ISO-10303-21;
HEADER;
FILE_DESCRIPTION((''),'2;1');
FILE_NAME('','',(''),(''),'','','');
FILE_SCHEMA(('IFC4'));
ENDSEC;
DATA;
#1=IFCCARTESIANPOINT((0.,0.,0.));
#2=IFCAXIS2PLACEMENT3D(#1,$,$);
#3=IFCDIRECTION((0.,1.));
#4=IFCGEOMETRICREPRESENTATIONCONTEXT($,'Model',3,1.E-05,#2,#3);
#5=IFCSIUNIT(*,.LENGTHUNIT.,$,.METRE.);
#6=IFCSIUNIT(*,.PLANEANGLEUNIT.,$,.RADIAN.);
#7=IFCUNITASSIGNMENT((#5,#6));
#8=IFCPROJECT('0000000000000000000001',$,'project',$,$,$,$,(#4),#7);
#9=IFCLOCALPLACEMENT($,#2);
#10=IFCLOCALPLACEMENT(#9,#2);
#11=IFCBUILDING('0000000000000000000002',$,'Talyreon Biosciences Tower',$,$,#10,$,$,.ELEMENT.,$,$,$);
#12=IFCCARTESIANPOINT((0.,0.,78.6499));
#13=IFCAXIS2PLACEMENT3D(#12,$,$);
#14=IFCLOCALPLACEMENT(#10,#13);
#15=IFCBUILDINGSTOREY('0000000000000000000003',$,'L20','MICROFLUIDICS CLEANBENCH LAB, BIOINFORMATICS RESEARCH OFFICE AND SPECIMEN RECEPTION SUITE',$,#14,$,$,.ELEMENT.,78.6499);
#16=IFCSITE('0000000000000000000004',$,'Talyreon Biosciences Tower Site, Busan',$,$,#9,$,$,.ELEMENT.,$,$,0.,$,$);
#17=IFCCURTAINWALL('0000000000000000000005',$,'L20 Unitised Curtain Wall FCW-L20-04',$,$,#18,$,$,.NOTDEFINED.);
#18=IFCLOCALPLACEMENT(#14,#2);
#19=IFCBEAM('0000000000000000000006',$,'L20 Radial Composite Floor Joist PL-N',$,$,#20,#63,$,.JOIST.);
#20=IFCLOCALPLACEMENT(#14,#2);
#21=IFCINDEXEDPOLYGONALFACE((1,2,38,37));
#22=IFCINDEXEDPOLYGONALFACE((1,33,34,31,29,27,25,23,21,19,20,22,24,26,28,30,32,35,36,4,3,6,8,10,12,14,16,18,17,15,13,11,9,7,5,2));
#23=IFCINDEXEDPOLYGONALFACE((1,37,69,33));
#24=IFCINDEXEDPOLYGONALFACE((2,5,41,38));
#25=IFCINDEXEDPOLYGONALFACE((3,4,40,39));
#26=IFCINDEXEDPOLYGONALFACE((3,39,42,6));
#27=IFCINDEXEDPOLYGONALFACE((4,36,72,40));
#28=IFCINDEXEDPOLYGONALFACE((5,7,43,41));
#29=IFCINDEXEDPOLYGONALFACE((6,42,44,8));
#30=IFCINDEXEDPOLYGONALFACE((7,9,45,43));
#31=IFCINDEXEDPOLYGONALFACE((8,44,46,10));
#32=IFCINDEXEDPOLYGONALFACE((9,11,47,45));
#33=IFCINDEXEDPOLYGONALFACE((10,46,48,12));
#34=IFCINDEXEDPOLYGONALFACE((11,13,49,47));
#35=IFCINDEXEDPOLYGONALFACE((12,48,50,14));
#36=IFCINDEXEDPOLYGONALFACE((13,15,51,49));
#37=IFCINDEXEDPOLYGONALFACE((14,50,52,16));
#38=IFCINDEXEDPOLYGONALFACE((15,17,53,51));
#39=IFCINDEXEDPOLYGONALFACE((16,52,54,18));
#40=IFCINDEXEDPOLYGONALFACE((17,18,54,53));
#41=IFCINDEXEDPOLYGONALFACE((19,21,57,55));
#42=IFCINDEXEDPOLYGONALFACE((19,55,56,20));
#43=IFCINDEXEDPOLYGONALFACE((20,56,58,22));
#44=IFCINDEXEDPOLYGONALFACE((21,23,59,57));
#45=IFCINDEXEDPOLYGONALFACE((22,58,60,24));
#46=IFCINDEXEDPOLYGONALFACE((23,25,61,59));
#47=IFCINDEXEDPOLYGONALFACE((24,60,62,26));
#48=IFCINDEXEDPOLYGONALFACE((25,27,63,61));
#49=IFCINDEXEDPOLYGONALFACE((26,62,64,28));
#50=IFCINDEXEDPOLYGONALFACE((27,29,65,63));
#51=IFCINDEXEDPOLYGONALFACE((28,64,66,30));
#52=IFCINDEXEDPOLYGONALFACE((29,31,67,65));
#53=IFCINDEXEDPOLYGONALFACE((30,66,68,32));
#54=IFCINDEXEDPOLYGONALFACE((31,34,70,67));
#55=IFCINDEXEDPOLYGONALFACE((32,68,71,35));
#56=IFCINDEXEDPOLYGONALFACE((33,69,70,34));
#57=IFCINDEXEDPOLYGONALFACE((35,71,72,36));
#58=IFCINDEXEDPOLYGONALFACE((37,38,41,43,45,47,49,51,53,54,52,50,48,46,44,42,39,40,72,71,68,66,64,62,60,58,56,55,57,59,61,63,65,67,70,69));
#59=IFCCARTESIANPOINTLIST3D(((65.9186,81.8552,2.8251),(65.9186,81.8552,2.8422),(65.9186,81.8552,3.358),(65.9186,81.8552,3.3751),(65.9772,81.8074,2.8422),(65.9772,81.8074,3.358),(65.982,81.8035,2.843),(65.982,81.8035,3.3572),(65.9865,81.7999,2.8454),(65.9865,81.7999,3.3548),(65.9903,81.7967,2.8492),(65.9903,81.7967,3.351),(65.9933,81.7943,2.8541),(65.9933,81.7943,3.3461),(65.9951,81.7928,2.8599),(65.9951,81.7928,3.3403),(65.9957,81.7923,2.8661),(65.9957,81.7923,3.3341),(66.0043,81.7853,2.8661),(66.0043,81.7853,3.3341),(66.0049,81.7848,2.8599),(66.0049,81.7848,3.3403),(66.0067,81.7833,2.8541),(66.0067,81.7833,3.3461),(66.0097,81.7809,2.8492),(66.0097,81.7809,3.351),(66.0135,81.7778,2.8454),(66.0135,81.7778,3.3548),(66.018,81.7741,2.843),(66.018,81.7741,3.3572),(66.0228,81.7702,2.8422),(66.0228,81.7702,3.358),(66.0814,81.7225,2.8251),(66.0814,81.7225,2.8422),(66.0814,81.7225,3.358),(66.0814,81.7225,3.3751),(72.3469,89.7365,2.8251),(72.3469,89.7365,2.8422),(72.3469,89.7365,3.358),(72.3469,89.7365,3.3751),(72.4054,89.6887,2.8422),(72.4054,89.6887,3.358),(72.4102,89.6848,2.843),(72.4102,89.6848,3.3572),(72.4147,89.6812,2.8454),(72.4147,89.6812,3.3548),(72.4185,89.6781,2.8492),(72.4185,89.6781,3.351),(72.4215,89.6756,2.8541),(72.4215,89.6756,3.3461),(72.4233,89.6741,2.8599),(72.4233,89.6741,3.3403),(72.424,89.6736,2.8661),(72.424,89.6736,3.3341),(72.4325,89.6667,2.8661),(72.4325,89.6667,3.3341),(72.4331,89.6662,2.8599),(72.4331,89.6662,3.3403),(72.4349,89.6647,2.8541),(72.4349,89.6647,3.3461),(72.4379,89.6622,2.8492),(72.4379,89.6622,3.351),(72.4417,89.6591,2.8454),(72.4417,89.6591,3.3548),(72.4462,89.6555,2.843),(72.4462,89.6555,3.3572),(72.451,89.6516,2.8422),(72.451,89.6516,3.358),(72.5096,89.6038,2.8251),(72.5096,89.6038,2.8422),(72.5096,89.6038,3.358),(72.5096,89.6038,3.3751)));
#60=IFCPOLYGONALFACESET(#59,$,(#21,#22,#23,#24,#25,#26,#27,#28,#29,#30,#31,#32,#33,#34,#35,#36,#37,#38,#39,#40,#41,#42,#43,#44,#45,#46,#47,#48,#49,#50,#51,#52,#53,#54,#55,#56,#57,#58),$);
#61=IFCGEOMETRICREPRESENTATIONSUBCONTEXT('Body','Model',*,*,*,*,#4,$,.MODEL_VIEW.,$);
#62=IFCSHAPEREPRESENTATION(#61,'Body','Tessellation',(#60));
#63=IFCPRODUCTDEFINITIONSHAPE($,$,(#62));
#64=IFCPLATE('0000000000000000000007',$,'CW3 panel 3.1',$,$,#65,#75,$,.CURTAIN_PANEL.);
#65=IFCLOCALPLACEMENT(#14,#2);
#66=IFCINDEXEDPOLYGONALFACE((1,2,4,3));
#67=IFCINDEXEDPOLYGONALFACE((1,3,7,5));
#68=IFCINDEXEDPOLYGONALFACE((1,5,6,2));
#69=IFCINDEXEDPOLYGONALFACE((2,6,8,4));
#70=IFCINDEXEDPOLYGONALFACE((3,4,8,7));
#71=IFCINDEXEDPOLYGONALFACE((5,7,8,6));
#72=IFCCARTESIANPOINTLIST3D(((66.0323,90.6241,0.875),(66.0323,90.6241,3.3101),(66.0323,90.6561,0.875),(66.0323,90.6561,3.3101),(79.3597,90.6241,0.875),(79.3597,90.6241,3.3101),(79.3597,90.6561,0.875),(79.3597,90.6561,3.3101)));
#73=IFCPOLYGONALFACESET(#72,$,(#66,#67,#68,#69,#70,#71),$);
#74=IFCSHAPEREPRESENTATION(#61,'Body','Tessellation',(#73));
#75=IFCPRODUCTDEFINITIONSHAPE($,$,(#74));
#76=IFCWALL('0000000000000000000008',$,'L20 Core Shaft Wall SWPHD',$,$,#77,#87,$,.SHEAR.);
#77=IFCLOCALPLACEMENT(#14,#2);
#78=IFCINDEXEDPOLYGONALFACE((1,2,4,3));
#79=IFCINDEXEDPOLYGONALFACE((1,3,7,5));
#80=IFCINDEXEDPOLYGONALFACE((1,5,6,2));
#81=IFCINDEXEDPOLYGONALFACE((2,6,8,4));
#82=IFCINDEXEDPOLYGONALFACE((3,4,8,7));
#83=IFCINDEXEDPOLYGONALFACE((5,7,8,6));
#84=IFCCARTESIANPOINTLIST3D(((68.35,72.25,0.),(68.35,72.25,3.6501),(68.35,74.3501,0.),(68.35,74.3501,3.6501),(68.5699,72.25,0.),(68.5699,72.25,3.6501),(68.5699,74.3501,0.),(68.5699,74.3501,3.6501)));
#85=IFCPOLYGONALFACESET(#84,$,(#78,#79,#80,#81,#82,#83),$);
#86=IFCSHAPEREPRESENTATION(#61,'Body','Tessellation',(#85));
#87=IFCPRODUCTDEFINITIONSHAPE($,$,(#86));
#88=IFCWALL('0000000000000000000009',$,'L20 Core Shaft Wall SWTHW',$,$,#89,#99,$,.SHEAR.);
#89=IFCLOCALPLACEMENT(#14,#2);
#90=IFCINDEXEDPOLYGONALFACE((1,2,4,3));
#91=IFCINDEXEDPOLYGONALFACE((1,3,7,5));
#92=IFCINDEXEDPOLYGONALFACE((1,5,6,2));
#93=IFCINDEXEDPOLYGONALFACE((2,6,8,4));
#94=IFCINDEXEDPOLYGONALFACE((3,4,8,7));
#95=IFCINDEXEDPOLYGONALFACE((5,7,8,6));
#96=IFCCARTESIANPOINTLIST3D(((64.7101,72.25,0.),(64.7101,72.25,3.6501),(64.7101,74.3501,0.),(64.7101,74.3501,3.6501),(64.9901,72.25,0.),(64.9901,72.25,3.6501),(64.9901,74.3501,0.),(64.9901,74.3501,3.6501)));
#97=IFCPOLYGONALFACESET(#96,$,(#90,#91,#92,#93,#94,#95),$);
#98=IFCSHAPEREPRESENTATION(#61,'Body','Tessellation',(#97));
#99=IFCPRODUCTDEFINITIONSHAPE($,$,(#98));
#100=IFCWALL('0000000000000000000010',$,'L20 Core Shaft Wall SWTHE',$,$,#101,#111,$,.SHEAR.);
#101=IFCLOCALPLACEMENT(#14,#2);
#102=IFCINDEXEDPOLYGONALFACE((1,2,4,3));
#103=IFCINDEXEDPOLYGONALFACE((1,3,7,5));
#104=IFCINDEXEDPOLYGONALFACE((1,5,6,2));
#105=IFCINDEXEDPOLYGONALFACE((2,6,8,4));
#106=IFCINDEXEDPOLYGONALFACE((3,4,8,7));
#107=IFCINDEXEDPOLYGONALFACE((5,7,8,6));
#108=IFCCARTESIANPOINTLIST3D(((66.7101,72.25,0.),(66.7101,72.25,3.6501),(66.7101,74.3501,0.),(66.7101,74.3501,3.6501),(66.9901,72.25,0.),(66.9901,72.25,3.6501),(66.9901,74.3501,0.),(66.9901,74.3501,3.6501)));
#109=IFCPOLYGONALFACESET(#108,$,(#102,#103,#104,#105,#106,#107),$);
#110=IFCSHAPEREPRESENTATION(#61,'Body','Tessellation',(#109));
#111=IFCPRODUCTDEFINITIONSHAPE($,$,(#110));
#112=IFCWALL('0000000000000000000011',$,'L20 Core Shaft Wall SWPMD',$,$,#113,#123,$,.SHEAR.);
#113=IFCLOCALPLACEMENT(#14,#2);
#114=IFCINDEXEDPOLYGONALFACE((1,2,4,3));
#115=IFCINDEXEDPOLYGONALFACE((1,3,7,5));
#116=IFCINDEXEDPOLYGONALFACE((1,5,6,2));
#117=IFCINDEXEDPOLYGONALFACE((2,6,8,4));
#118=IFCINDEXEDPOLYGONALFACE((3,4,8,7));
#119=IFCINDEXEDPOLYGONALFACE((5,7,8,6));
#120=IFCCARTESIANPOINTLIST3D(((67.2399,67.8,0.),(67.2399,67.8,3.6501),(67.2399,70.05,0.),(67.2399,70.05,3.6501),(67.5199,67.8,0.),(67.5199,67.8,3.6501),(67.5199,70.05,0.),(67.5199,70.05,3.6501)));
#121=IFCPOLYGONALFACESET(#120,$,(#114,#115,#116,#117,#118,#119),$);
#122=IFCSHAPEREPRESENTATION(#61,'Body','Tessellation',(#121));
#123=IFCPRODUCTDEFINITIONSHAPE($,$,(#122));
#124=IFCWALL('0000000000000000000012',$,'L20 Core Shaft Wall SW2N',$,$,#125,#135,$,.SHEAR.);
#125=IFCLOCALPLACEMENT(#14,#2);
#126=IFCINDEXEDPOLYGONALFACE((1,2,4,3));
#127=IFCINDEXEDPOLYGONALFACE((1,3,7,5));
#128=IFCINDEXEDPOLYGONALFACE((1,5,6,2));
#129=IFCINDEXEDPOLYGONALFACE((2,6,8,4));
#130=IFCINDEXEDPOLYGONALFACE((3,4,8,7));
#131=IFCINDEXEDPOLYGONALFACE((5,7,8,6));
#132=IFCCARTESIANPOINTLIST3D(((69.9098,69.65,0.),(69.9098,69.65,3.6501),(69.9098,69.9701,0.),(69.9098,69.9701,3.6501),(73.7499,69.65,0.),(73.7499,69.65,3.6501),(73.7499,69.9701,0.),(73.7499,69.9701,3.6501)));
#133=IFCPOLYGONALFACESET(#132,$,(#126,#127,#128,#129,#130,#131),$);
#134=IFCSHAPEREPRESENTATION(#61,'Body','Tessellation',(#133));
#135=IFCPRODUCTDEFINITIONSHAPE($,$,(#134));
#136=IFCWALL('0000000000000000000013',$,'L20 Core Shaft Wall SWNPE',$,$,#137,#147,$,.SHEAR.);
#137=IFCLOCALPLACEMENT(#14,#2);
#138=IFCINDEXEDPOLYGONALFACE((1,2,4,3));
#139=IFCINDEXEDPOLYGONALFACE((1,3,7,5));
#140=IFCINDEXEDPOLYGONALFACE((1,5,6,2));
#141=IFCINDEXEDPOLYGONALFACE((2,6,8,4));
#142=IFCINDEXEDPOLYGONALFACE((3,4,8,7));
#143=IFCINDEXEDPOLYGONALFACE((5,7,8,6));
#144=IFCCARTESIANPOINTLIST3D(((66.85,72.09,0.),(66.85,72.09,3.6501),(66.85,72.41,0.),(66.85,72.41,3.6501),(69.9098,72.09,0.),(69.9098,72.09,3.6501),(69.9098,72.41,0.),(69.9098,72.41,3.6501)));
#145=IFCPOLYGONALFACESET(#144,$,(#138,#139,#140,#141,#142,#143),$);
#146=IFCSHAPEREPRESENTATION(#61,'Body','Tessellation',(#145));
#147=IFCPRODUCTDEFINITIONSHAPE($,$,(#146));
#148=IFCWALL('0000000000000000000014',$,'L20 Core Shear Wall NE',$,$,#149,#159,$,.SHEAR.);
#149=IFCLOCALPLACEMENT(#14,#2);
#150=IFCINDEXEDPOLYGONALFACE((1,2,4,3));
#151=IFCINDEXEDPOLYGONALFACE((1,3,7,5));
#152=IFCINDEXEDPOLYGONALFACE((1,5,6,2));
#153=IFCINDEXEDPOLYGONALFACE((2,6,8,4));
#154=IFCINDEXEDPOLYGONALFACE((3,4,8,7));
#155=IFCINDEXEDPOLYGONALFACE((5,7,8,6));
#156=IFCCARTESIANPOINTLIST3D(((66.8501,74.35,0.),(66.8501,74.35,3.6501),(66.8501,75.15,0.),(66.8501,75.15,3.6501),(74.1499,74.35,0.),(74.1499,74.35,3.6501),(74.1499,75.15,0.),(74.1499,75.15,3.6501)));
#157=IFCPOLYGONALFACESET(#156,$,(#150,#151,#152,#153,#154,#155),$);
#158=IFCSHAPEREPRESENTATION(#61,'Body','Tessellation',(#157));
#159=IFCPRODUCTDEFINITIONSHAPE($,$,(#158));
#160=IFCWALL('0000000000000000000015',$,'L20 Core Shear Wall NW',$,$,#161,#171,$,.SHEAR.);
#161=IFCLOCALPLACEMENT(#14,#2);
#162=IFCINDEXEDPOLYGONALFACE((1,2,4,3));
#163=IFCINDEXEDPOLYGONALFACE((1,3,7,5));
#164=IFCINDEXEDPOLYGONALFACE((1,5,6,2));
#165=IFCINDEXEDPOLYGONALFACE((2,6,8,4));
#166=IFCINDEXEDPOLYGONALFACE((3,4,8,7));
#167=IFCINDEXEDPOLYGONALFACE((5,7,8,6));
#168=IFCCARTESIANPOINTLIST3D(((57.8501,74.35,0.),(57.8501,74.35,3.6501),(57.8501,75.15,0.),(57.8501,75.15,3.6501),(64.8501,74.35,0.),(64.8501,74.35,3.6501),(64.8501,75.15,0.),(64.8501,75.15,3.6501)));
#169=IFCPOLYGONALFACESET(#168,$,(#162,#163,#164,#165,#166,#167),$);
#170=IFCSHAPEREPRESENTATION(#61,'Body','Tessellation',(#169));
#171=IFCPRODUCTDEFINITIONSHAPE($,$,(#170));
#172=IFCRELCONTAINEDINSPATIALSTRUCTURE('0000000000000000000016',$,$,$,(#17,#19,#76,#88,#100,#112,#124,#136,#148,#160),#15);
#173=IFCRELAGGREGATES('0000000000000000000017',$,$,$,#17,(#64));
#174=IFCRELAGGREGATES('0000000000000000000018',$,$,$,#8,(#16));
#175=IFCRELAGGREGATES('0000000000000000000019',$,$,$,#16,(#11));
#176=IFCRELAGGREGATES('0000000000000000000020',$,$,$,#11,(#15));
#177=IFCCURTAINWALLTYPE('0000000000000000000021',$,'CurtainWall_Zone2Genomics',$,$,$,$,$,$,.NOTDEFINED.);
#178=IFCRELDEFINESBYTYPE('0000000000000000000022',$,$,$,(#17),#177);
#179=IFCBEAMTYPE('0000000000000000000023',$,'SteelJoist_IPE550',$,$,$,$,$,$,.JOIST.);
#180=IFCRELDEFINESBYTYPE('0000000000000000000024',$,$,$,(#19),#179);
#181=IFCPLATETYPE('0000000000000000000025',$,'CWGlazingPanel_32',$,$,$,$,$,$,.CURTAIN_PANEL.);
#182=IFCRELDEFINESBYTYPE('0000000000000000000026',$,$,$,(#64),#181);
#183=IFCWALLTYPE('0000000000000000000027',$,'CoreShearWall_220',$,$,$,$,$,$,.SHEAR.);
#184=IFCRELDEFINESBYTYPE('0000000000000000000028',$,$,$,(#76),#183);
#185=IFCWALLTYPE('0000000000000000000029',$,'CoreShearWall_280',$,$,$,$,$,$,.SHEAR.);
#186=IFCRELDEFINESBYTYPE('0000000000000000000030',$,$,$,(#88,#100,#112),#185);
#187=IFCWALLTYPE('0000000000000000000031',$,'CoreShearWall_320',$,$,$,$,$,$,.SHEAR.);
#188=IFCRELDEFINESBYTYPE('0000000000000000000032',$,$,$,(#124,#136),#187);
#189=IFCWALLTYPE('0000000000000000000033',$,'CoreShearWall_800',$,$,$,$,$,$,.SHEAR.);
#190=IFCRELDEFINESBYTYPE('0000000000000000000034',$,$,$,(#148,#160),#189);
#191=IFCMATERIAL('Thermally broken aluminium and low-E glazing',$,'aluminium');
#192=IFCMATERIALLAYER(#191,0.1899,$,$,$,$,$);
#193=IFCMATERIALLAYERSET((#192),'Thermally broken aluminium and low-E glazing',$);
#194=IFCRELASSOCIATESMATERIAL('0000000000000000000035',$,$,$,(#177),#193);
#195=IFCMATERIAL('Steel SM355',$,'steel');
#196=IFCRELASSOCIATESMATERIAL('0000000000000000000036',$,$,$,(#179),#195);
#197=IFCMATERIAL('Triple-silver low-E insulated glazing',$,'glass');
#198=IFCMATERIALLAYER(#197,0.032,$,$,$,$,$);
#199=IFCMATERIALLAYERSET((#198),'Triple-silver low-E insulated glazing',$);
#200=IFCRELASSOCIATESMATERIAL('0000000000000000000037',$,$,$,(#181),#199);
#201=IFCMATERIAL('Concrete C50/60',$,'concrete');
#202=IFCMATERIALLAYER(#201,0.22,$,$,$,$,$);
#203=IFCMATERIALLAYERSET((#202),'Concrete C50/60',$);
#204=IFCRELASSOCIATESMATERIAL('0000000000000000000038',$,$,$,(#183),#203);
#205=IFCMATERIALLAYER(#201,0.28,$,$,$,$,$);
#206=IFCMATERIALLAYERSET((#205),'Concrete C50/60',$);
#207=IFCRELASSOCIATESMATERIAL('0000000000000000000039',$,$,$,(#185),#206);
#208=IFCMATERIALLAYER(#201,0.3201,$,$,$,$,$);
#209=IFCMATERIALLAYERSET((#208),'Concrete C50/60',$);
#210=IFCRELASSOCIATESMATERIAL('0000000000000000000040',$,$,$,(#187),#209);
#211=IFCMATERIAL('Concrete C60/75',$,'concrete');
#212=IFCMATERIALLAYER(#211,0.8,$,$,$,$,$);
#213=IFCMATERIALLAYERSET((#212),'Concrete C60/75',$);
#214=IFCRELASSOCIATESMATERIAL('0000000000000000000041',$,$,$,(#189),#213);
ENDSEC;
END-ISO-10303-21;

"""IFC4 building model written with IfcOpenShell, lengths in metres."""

from ifc_helpers import new_model, si_unit, direction, frame, frame_2d, origin, origin_2d, place, context, subcontext, project, spatial, rectangle, i_section, extrude, material, layer, layer_set, material_profile, profile_set, type_object, element, aggregate, save


model = new_model("IFC4")

# Units and contexts
model_context = context("Model", 3, precision=1e-05, world=origin(), true_north=direction((0.0, 1.0)))
body_context = subcontext(model_context, "Body", "Model", "MODEL_VIEW")
ifc_project = project(units=[si_unit("LENGTHUNIT", "METRE"), si_unit("PLANEANGLEUNIT", "RADIAN")], contexts=[model_context])

# Site, building, storey
site_placement = place(None, origin())
site = spatial("IfcSite", under=ifc_project, at=site_placement, Name="Talyreon Biosciences Tower Site, Busan", CompositionType="ELEMENT", RefElevation=0.0)
building_placement = place(site_placement, origin())
building = spatial("IfcBuilding", under=site, at=building_placement, Name="Talyreon Biosciences Tower", CompositionType="ELEMENT")
storey_placement = place(building_placement, frame((0.0, 0.0, 78.6499)))
storey = spatial("IfcBuildingStorey", under=building, at=storey_placement, Name="L20", Description="MICROFLUIDICS CLEANBENCH LAB, BIOINFORMATICS RESEARCH OFFICE AND SPECIMEN RECEPTION SUITE", CompositionType="ELEMENT", Elevation=78.6499)

# Shared definitions
ifc_material_1 = material(Name="Concrete C60/75", Category="concrete")
ifc_material_2 = material(Name="Concrete C50/60", Category="concrete")

# Curtain wall
ifc_material_3 = material(Name="Thermally broken aluminium and low-E glazing", Category="aluminium")
ifc_layer_1 = layer(ifc_material_3, 0.1899)
ifc_layer_set_1 = layer_set([ifc_layer_1], Name="Thermally broken aluminium and low-E glazing")
curtain_wall_type = type_object("IfcCurtainWallType", Name="CurtainWall_Zone2Genomics", PredefinedType="NOTDEFINED", material=ifc_layer_set_1)
curtain_wall_placement = place(storey_placement, origin())
curtain_wall = element("IfcCurtainWall", 1, at=curtain_wall_placement, inside=storey, type_object=curtain_wall_type, Name="L20 Unitised Curtain Wall FCW-L20-04", PredefinedType="NOTDEFINED")

# Beam
ifc_material_4 = material(Name="Steel SM355", Category="steel")
ifc_material_profile_1 = material_profile(ifc_material_4, i_section(OverallWidth=0.21, OverallDepth=0.55, WebThickness=0.011, FlangeThickness=0.0171, FilletRadius=0.0239, at=origin_2d()), Name="IPE550")
ifc_profile_set_1 = profile_set([ifc_material_profile_1], Name="Steel SM355")
beam_type_1 = type_object("IfcBeamType", Name="SteelJoist_IPE550", PredefinedType="JOIST", material=ifc_profile_set_1)
beam_1_placement = place(storey_placement, frame((66.0, 81.7888, 3.1001), z_axis=(0.63205, 0.774928, 0.0), x_axis=(-0.774928, 0.63205, 0.0)))
element("IfcBeam", 2, at=beam_1_placement, inside=storey, type_object=beam_type_1, Name="L20 Radial Composite Floor Joist PL-N", PredefinedType="JOIST", context=body_context, shape_type="SweptSolid", body=[
    extrude(i_section(OverallWidth=0.21, OverallDepth=0.55, WebThickness=0.011, FlangeThickness=0.0171, FilletRadius=0.0239, at=origin_2d()), origin(), (0.0, 0.0, 1.0), 10.1704),
])

# Plate
ifc_material_5 = material(Name="Triple-silver low-E insulated glazing", Category="glass")
ifc_layer_2 = layer(ifc_material_5, 0.032)
ifc_layer_set_2 = layer_set([ifc_layer_2], Name="Triple-silver low-E insulated glazing")
plate_type = type_object("IfcPlateType", Name="CWGlazingPanel_32", PredefinedType="CURTAIN_PANEL", material=ifc_layer_set_2)
plate_placement = place(storey_placement, frame((72.696, 90.6401, 0.875), z_axis=(0.0, 0.0, 1.0), x_axis=(1.0, 0.0, 0.0)))
plate = element("IfcPlate", 3, at=plate_placement, type_object=plate_type, Name="CW3 panel 3.1", PredefinedType="CURTAIN_PANEL", context=body_context, shape_type="SweptSolid", body=[
    extrude(rectangle(XDim=13.3274, YDim=0.032, at=origin_2d()), origin(), (0.0, 0.0, 1.0), 2.4351),
])
aggregate(curtain_wall, [plate])

# Walls
ifc_layer_3 = layer(ifc_material_2, 0.22)
ifc_layer_set_3 = layer_set([ifc_layer_3], Name="Concrete C50/60")
wall_type_1 = type_object("IfcWallType", Name="CoreShearWall_220", PredefinedType="SHEAR", material=ifc_layer_set_3)
wall_1_placement = place(storey_placement, frame((68.46, 72.25, 0.0), z_axis=(0.0, 0.0, 1.0), x_axis=(0.0, 1.0, 0.0)))
element("IfcWall", 4, at=wall_1_placement, inside=storey, type_object=wall_type_1, Name="L20 Core Shaft Wall SWPHD", PredefinedType="SHEAR", context=body_context, shape_type="SweptSolid", body=[
    extrude(rectangle(XDim=2.1001, YDim=0.22, at=frame_2d((1.05, 0.0))), origin(), (0.0, 0.0, 1.0), 3.6501),
])
ifc_layer_4 = layer(ifc_material_2, 0.28)
ifc_layer_set_4 = layer_set([ifc_layer_4], Name="Concrete C50/60")
wall_type_2 = type_object("IfcWallType", Name="CoreShearWall_280", PredefinedType="SHEAR", material=ifc_layer_set_4)
for number, where, z_axis, x_axis, name in (
    (5, (64.8501, 72.25, 0.0), (0.0, 0.0, 1.0), (0.0, 1.0, 0.0), "L20 Core Shaft Wall SWTHW"),
    (6, (66.8501, 72.25, 0.0), (0.0, 0.0, 1.0), (0.0, 1.0, 0.0), "L20 Core Shaft Wall SWTHE"),
):
    element("IfcWall", number, at=place(storey_placement, frame(where, z_axis=z_axis, x_axis=x_axis)), inside=storey, type_object=wall_type_2, Name=name, PredefinedType="SHEAR", context=body_context, shape_type="SweptSolid", body=[
        extrude(rectangle(XDim=2.1001, YDim=0.28, at=frame_2d((1.05, 0.0))), origin(), (0.0, 0.0, 1.0), 3.6501),
    ])
wall_2_placement = place(storey_placement, frame((67.3799, 67.8, 0.0), z_axis=(0.0, 0.0, 1.0), x_axis=(0.0, 1.0, 0.0)))
element("IfcWall", 7, at=wall_2_placement, inside=storey, type_object=wall_type_2, Name="L20 Core Shaft Wall SWPMD", PredefinedType="SHEAR", context=body_context, shape_type="SweptSolid", body=[
    extrude(rectangle(XDim=2.25, YDim=0.28, at=frame_2d((1.125, 0.0))), origin(), (0.0, 0.0, 1.0), 3.6501),
])
ifc_layer_5 = layer(ifc_material_2, 0.3201)
ifc_layer_set_5 = layer_set([ifc_layer_5], Name="Concrete C50/60")
wall_type_3 = type_object("IfcWallType", Name="CoreShearWall_320", PredefinedType="SHEAR", material=ifc_layer_set_5)
wall_3_placement = place(storey_placement, frame((69.9099, 69.8101, 0.0), z_axis=(0.0, 0.0, 1.0), x_axis=(1.0, 0.0, 0.0)))
element("IfcWall", 8, at=wall_3_placement, inside=storey, type_object=wall_type_3, Name="L20 Core Shaft Wall SW2N", PredefinedType="SHEAR", context=body_context, shape_type="SweptSolid", body=[
    extrude(rectangle(XDim=3.8401, YDim=0.3201, at=frame_2d((1.9199, 0.0))), origin(), (0.0, 0.0, 1.0), 3.6501),
])
wall_4_placement = place(storey_placement, frame((66.8501, 72.25, 0.0), z_axis=(0.0, 0.0, 1.0), x_axis=(1.0, 0.0, 0.0)))
element("IfcWall", 9, at=wall_4_placement, inside=storey, type_object=wall_type_3, Name="L20 Core Shaft Wall SWNPE", PredefinedType="SHEAR", context=body_context, shape_type="SweptSolid", body=[
    extrude(rectangle(XDim=3.0598, YDim=0.3201, at=frame_2d((1.5298, 0.0))), origin(), (0.0, 0.0, 1.0), 3.6501),
])
ifc_layer_6 = layer(ifc_material_1, 0.8)
ifc_layer_set_6 = layer_set([ifc_layer_6], Name="Concrete C60/75")
wall_type_4 = type_object("IfcWallType", Name="CoreShearWall_800", PredefinedType="SHEAR", material=ifc_layer_set_6)
wall_5_placement = place(storey_placement, frame((74.1499, 74.75, 0.0), z_axis=(0.0, 0.0, 1.0), x_axis=(-1.0, 0.0, 0.0)))
element("IfcWall", 10, at=wall_5_placement, inside=storey, type_object=wall_type_4, Name="L20 Core Shear Wall NE", PredefinedType="SHEAR", context=body_context, shape_type="SweptSolid", body=[
    extrude(rectangle(XDim=7.2998, YDim=0.8, at=frame_2d((3.6499, 0.0))), origin(), (0.0, 0.0, 1.0), 3.6501),
])
wall_6_placement = place(storey_placement, frame((64.8501, 74.75, 0.0), z_axis=(0.0, 0.0, 1.0), x_axis=(-1.0, 0.0, 0.0)))
element("IfcWall", 11, at=wall_6_placement, inside=storey, type_object=wall_type_4, Name="L20 Core Shear Wall NW", PredefinedType="SHEAR", context=body_context, shape_type="SweptSolid", body=[
    extrude(rectangle(XDim=7.0, YDim=0.8, at=frame_2d((3.5, 0.0))), origin(), (0.0, 0.0, 1.0), 3.6501),
])

save(model, "model.ifc")
